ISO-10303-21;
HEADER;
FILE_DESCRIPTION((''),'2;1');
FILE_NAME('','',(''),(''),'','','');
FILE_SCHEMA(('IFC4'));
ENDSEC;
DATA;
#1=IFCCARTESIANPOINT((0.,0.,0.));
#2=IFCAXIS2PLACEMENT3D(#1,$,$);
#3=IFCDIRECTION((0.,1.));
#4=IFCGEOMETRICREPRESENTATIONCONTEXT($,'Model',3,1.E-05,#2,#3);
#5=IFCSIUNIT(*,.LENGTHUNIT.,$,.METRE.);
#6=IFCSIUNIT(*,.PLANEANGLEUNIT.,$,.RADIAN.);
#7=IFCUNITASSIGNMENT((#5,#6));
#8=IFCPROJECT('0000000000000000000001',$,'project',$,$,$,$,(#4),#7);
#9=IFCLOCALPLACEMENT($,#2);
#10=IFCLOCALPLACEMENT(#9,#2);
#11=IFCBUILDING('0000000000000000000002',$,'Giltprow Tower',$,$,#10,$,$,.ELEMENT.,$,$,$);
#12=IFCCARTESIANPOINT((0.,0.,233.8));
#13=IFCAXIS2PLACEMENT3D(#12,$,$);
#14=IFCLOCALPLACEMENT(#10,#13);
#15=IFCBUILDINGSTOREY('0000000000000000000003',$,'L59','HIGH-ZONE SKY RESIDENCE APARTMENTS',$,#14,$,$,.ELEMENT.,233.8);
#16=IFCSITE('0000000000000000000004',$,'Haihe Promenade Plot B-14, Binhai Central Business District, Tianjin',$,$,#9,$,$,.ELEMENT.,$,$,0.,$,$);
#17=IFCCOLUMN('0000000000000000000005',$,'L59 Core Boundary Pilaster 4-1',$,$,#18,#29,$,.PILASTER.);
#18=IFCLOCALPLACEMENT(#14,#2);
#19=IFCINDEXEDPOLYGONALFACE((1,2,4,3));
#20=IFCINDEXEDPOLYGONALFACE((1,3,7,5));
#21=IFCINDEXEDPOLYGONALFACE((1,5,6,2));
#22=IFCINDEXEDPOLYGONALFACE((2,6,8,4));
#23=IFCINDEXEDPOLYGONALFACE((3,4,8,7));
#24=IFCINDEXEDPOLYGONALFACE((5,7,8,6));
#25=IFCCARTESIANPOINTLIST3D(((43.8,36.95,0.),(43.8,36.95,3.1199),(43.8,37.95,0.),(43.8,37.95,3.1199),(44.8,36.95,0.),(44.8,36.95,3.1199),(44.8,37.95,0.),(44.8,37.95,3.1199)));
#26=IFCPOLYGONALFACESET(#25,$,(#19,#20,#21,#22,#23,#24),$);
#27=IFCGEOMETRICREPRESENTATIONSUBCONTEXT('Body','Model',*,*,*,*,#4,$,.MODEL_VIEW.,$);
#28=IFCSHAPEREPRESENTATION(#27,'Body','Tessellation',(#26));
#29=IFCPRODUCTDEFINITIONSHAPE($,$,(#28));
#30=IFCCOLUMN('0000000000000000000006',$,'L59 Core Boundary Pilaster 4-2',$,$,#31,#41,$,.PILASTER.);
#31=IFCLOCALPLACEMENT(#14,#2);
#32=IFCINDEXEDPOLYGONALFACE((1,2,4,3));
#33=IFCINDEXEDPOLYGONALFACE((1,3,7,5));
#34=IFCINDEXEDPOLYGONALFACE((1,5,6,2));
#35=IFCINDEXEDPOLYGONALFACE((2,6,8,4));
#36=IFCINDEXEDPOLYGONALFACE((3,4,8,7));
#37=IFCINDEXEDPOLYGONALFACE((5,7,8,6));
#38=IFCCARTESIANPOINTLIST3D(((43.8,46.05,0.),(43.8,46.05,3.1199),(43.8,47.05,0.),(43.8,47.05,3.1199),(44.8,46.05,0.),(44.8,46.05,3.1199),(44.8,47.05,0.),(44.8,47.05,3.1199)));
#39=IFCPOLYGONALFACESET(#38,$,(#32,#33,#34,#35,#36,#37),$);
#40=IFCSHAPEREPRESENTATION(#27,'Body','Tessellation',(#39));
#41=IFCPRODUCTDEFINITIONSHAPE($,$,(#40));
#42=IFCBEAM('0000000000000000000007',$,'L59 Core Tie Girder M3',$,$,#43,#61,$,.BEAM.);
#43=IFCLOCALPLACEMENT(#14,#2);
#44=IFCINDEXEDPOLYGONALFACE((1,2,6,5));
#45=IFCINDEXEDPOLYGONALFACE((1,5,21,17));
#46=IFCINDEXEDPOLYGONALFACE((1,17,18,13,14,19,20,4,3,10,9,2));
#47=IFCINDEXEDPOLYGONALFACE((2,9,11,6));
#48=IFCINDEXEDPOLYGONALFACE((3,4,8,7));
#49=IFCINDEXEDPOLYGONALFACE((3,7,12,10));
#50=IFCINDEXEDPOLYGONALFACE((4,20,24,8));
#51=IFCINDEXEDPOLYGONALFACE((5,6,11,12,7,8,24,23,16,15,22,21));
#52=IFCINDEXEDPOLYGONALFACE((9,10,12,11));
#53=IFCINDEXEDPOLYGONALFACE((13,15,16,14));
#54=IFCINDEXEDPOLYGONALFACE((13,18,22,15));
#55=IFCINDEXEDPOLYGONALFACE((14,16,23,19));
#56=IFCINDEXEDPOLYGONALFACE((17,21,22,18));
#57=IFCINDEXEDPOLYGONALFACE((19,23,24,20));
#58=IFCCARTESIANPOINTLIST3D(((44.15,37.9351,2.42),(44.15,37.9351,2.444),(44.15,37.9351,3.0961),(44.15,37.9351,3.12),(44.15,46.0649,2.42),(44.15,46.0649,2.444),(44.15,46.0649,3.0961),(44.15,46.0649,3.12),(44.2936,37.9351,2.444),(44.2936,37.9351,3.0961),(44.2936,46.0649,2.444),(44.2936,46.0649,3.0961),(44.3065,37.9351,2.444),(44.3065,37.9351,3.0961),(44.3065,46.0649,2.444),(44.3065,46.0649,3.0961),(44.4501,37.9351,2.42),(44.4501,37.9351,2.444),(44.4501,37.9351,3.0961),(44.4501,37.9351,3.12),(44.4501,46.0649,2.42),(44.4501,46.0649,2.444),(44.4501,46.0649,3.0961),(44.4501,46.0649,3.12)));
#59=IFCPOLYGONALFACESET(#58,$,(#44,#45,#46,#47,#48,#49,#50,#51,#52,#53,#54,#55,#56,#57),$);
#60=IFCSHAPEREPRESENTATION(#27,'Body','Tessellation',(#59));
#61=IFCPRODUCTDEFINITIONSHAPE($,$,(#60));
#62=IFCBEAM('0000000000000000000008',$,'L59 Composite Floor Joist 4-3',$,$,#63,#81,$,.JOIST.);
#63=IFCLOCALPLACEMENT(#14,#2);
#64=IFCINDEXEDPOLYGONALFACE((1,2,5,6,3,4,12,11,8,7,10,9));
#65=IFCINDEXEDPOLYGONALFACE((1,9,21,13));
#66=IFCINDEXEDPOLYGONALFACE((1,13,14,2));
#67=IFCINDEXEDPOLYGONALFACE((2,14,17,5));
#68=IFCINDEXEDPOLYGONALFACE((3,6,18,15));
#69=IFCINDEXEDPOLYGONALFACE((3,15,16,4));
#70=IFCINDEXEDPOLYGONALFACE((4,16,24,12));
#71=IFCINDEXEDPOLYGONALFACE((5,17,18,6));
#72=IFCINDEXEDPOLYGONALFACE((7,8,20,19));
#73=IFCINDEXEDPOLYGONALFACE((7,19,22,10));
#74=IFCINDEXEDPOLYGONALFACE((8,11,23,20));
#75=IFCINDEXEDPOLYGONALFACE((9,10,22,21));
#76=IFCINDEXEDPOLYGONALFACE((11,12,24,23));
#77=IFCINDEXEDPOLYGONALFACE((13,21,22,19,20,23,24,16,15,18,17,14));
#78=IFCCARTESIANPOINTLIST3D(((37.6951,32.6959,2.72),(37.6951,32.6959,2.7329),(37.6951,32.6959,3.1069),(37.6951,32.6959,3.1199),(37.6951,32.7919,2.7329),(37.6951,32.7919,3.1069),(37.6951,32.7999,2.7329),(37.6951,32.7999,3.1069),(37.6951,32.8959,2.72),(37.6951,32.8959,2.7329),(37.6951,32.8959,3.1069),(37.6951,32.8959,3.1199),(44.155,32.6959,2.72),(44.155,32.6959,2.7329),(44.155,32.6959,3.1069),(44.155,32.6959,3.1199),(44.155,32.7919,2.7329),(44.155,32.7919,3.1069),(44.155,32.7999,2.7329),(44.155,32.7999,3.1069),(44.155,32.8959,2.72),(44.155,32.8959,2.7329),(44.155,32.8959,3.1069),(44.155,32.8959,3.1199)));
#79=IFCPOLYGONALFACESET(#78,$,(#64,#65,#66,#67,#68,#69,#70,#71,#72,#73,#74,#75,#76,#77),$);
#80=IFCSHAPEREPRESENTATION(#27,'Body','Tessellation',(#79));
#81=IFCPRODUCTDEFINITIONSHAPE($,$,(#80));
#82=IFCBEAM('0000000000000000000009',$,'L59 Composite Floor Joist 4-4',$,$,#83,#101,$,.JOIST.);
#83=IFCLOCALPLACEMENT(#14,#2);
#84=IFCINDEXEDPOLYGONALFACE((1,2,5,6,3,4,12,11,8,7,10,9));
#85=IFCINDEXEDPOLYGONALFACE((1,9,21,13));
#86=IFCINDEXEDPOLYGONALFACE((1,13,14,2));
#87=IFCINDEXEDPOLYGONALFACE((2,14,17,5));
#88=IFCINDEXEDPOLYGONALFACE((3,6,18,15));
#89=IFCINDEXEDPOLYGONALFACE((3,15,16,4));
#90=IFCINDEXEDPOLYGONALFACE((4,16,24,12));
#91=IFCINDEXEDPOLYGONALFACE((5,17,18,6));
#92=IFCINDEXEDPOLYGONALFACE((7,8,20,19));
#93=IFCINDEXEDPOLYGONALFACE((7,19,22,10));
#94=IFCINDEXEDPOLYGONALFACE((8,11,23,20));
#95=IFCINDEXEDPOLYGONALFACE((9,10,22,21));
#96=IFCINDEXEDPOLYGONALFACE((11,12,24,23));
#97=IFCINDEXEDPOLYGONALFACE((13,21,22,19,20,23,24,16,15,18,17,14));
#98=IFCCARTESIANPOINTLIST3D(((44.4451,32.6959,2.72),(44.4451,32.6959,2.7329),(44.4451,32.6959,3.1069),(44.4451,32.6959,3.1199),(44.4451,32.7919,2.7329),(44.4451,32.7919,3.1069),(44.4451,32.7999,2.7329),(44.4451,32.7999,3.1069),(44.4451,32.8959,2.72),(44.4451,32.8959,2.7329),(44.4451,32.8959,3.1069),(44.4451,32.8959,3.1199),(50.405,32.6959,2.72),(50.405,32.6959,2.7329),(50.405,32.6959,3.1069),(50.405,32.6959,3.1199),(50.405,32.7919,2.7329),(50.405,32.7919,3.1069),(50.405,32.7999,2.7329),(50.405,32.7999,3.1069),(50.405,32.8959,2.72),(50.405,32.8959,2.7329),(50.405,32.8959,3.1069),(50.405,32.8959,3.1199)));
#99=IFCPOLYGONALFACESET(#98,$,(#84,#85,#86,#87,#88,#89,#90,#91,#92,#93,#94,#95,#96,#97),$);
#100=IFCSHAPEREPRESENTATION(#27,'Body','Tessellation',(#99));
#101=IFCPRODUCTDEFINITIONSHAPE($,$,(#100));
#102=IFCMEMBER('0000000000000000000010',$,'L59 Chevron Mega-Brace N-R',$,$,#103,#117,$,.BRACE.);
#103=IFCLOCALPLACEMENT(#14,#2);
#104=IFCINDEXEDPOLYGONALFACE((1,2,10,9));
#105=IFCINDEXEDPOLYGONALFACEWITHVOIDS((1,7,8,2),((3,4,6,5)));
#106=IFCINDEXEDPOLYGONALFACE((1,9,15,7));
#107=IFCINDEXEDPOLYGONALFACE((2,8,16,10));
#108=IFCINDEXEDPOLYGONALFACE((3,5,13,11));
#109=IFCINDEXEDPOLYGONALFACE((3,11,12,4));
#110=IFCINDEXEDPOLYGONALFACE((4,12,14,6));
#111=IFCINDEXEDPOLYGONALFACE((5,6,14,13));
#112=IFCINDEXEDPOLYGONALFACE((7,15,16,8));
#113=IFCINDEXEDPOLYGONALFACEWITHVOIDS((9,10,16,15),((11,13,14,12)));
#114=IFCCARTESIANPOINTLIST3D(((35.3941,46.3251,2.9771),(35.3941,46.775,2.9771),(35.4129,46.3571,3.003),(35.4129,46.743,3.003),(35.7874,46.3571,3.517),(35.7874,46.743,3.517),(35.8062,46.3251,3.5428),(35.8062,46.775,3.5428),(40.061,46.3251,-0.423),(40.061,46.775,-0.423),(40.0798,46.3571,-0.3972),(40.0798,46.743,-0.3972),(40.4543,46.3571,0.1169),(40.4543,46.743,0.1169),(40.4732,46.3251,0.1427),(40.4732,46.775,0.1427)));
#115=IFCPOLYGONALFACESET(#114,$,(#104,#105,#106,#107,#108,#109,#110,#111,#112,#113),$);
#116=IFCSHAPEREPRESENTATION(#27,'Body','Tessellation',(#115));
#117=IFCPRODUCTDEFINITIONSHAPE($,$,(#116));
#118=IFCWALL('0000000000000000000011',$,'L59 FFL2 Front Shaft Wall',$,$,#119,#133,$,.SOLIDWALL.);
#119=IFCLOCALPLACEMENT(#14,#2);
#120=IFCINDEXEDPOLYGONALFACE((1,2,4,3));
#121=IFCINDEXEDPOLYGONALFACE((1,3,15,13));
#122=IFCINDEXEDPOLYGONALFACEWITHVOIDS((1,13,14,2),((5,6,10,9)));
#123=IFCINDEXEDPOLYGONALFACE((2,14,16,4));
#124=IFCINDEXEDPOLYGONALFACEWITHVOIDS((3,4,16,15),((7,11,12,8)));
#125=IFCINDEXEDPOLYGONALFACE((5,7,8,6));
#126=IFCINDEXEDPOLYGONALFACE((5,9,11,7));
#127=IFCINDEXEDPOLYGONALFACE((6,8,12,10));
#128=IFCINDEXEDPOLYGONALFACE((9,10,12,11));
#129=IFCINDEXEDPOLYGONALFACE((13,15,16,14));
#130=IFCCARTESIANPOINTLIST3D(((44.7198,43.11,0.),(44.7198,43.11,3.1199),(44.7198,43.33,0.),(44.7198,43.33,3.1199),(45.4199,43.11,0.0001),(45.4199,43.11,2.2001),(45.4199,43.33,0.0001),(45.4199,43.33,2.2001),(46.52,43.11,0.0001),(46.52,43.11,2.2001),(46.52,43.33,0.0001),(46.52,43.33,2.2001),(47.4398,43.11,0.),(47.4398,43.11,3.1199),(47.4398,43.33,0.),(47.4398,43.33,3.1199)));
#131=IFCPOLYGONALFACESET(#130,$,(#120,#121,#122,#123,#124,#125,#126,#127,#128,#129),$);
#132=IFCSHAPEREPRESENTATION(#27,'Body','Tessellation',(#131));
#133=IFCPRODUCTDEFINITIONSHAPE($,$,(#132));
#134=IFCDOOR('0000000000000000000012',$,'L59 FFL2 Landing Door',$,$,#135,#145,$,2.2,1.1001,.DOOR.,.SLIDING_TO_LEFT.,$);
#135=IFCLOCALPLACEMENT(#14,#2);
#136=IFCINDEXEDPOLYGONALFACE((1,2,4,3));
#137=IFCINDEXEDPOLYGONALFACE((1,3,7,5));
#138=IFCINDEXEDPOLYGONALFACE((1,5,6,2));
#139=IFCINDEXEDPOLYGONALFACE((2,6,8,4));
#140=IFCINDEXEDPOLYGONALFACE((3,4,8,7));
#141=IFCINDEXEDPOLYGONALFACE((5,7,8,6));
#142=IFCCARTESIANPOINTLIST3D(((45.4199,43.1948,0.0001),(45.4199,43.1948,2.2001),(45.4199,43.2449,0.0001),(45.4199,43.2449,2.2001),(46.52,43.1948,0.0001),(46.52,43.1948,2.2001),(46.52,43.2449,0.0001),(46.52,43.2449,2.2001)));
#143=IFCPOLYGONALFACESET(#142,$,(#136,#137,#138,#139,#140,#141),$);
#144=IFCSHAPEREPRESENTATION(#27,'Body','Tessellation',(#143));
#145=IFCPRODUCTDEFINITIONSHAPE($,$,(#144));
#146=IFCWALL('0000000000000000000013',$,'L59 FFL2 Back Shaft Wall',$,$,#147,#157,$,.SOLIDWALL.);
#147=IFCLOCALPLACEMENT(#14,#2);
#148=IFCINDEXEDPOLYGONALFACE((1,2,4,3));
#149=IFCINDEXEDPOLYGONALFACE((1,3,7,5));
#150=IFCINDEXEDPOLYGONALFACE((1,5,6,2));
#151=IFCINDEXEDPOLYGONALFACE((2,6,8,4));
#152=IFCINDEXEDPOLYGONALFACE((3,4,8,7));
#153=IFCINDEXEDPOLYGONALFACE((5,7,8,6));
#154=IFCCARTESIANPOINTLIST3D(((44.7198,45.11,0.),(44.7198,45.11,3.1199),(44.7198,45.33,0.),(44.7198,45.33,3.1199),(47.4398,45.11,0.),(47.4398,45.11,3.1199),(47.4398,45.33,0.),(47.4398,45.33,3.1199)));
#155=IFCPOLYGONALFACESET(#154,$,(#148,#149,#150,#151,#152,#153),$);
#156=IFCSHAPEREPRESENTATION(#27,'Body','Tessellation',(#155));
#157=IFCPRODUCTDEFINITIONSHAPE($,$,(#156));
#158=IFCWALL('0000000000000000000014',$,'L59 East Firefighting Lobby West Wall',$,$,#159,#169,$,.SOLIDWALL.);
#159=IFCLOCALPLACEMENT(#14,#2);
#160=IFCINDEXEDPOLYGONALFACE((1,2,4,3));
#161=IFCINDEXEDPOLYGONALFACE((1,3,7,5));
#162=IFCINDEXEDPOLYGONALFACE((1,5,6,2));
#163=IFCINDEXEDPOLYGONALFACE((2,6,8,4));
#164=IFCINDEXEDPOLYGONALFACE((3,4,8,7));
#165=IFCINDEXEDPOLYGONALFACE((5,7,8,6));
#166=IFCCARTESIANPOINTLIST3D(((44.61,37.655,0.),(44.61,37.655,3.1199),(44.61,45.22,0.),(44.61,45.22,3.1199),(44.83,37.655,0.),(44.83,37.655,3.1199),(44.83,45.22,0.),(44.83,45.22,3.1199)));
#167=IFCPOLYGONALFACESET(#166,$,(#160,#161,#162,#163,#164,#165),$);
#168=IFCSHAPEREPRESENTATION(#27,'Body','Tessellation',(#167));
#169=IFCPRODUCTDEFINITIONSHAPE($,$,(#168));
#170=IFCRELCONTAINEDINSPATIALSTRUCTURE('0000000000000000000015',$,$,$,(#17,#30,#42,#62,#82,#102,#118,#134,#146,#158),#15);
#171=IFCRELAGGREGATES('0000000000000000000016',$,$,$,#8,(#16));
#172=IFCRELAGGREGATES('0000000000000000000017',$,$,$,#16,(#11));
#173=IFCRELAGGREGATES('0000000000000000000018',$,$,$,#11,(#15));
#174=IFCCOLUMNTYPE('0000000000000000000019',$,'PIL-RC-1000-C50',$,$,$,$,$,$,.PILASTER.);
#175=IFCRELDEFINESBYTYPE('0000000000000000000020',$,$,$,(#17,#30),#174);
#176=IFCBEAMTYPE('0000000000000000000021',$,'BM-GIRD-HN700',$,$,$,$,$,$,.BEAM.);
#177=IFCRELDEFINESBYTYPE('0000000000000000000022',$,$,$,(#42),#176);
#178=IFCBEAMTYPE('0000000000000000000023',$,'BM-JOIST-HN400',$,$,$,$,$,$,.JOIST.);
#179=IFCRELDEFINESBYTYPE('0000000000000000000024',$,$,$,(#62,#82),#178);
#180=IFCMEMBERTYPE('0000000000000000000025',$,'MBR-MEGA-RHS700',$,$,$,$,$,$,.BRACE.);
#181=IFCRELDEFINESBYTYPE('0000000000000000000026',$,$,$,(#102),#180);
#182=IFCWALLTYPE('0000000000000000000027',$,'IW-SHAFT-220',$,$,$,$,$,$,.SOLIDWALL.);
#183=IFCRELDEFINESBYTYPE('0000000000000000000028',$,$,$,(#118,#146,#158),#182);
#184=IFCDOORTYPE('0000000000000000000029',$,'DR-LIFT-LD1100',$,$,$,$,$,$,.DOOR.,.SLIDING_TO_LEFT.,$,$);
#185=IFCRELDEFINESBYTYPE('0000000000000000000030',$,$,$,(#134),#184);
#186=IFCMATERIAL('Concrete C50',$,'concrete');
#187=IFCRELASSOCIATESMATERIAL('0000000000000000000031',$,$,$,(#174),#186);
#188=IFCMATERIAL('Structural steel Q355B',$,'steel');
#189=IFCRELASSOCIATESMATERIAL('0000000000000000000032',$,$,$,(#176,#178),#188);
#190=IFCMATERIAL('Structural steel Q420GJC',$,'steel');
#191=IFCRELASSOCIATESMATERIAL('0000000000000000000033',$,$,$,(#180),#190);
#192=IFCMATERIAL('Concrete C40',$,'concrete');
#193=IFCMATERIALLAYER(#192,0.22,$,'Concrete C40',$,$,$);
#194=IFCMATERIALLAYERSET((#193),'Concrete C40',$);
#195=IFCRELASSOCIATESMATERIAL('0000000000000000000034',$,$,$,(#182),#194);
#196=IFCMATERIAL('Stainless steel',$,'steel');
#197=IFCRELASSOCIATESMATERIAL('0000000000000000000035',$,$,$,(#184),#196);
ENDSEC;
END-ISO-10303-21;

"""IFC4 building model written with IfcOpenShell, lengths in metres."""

from ifc_helpers import new_model, si_unit, direction, frame, frame_2d, origin, origin_2d, place, context, subcontext, project, spatial, rectangle, hollow_rectangle, i_section, extrude, source, transform, mapped, material, layer, layer_set, material_profile, profile_set, type_object, element, fill, save


model = new_model("IFC4")

# Units and contexts
model_context = context("Model", 3, precision=1e-05, world=origin(), true_north=direction((0.0, 1.0)))
body_context = subcontext(model_context, "Body", "Model", "MODEL_VIEW")
ifc_project = project(units=[si_unit("LENGTHUNIT", "METRE"), si_unit("PLANEANGLEUNIT", "RADIAN")], contexts=[model_context])

# Site, building, storey
site_placement = place(None, origin())
site = spatial("IfcSite", under=ifc_project, at=site_placement, Name="Haihe Promenade Plot B-14, Binhai Central Business District, Tianjin", CompositionType="ELEMENT", RefElevation=0.0)
building_placement = place(site_placement, origin())
building = spatial("IfcBuilding", under=site, at=building_placement, Name="Giltprow Tower", CompositionType="ELEMENT")
storey_placement = place(building_placement, frame((0.0, 0.0, 233.8)))
storey = spatial("IfcBuildingStorey", under=building, at=storey_placement, Name="L59", Description="HIGH-ZONE SKY RESIDENCE APARTMENTS", CompositionType="ELEMENT", Elevation=233.8)

# Columns
ifc_material_1 = material(Name="Concrete C50", Category="concrete")
ifc_material_profile_1 = material_profile(ifc_material_1, rectangle(XDim=1.0, YDim=1.0, at=origin_2d()), Name="RC 1000x1000")
ifc_profile_set_1 = profile_set([ifc_material_profile_1], Name="Concrete C50")
column_type = type_object("IfcColumnType", Name="PIL-RC-1000-C50", PredefinedType="PILASTER", material=ifc_profile_set_1)
shared_shape_1 = source(origin(), body_context, "Body", "SweptSolid", [
    extrude(rectangle(XDim=1.0, YDim=1.0, at=origin_2d()), origin(), (0.0, 0.0, 1.0), 3.1199),
])
for number, where, z_axis, x_axis, name in (
    (1, (44.3, 37.45, 0.0), (0.0, 0.0, 1.0), (1.0, 0.0, 0.0), "L59 Core Boundary Pilaster 4-1"),
    (2, (44.3, 46.55, 0.0), (0.0, 0.0, 1.0), (1.0, 0.0, 0.0), "L59 Core Boundary Pilaster 4-2"),
):
    element("IfcColumn", number, at=place(storey_placement, frame(where, z_axis=z_axis, x_axis=x_axis)), inside=storey, type_object=column_type, Name=name, PredefinedType="PILASTER", context=body_context, shape_type="MappedRepresentation", body=[
        mapped(shared_shape_1, transform((0.0, 0.0, 0.0), x_axis=(1.0, 0.0, 0.0), y_axis=(0.0, 1.0, 0.0), z_axis=(0.0, 0.0, 1.0), scale=1.0)),
    ])

# Beams
ifc_material_2 = material(Name="Structural steel Q355B", Category="steel")
ifc_material_profile_2 = material_profile(ifc_material_2, i_section(OverallWidth=0.3, OverallDepth=0.7, WebThickness=0.0129, FlangeThickness=0.0239, at=origin_2d()), Name="HN 700x300x13x24")
ifc_profile_set_2 = profile_set([ifc_material_profile_2], Name="Structural steel Q355B")
beam_type_1 = type_object("IfcBeamType", Name="BM-GIRD-HN700", PredefinedType="BEAM", material=ifc_profile_set_2)
shared_shape_2 = source(origin(), body_context, "Body", "SweptSolid", [
    extrude(i_section(OverallWidth=0.3, OverallDepth=0.7, WebThickness=0.0129, FlangeThickness=0.0239, at=origin_2d()), origin(), (0.0, 0.0, 1.0), 8.1299),
])
beam_1_placement = place(storey_placement, frame((44.3, 37.9351, 2.77), z_axis=(0.0, 1.0, 0.0), x_axis=(-1.0, 0.0, 0.0)))
element("IfcBeam", 3, at=beam_1_placement, inside=storey, type_object=beam_type_1, Name="L59 Core Tie Girder M3", PredefinedType="BEAM", context=body_context, shape_type="MappedRepresentation", body=[
    mapped(shared_shape_2, transform((0.0, 0.0, 0.0), x_axis=(1.0, 0.0, 0.0), y_axis=(0.0, 1.0, 0.0), z_axis=(0.0, 0.0, 1.0), scale=1.0)),
])
ifc_material_profile_3 = material_profile(ifc_material_2, i_section(OverallWidth=0.2, OverallDepth=0.3999, WebThickness=0.0081, FlangeThickness=0.0129, at=origin_2d()), Name="HN 400x200x8x13")
ifc_profile_set_3 = profile_set([ifc_material_profile_3], Name="Structural steel Q355B")
beam_type_2 = type_object("IfcBeamType", Name="BM-JOIST-HN400", PredefinedType="JOIST", material=ifc_profile_set_3)
shared_shape_3 = source(origin(), body_context, "Body", "SweptSolid", [
    extrude(i_section(OverallWidth=0.2, OverallDepth=0.3999, WebThickness=0.0081, FlangeThickness=0.0129, at=origin_2d()), origin(), (0.0, 0.0, 1.0), 6.46),
])
beam_2_placement = place(storey_placement, frame((37.6951, 32.7959, 2.9199), z_axis=(1.0, 0.0, 0.0), x_axis=(0.0, 1.0, 0.0)))
element("IfcBeam", 4, at=beam_2_placement, inside=storey, type_object=beam_type_2, Name="L59 Composite Floor Joist 4-3", PredefinedType="JOIST", context=body_context, shape_type="MappedRepresentation", body=[
    mapped(shared_shape_3, transform((0.0, 0.0, 0.0), x_axis=(1.0, 0.0, 0.0), y_axis=(0.0, 1.0, 0.0), z_axis=(0.0, 0.0, 1.0), scale=1.0)),
])
shared_shape_4 = source(origin(), body_context, "Body", "SweptSolid", [
    extrude(i_section(OverallWidth=0.2, OverallDepth=0.3999, WebThickness=0.0081, FlangeThickness=0.0129, at=origin_2d()), origin(), (0.0, 0.0, 1.0), 5.96),
])
beam_3_placement = place(storey_placement, frame((44.4451, 32.7959, 2.9199), z_axis=(1.0, 0.0, 0.0), x_axis=(0.0, 1.0, 0.0)))
element("IfcBeam", 5, at=beam_3_placement, inside=storey, type_object=beam_type_2, Name="L59 Composite Floor Joist 4-4", PredefinedType="JOIST", context=body_context, shape_type="MappedRepresentation", body=[
    mapped(shared_shape_4, transform((0.0, 0.0, 0.0), x_axis=(1.0, 0.0, 0.0), y_axis=(0.0, 1.0, 0.0), z_axis=(0.0, 0.0, 1.0), scale=1.0)),
])

# Member
ifc_material_3 = material(Name="Structural steel Q420GJC", Category="steel")
ifc_material_profile_4 = material_profile(ifc_material_3, hollow_rectangle(XDim=0.45, YDim=0.7, WallThickness=0.032, at=origin_2d()), Name="RHS 700x450x32")
ifc_profile_set_4 = profile_set([ifc_material_profile_4], Name="Structural steel Q420GJC")
member_type = type_object("IfcMemberType", Name="MBR-MEGA-RHS700", PredefinedType="BRACE", material=ifc_profile_set_4)
shared_shape_5 = source(origin(), body_context, "Body", "SweptSolid", [
    extrude(hollow_rectangle(XDim=0.45, YDim=0.7, WallThickness=0.032, at=origin_2d()), origin(), (0.0, 0.0, 1.0), 5.7742),
])
member_placement = place(storey_placement, frame((40.2671, 46.55, -0.1401), z_axis=(-0.808244, 0.0, 0.588848), x_axis=(0.0, -1.0, 0.0)))
element("IfcMember", 6, at=member_placement, inside=storey, type_object=member_type, Name="L59 Chevron Mega-Brace N-R", PredefinedType="BRACE", context=body_context, shape_type="MappedRepresentation", body=[
    mapped(shared_shape_5, transform((0.0, 0.0, 0.0), x_axis=(1.0, 0.0, 0.0), y_axis=(0.0, 1.0, 0.0), z_axis=(0.0, 0.0, 1.0), scale=1.0)),
])

# Wall, opening, door
ifc_material_4 = material(Name="Concrete C40", Category="concrete")
ifc_layer_1 = layer(ifc_material_4, 0.22, Name="Concrete C40")
ifc_layer_set_1 = layer_set([ifc_layer_1], Name="Concrete C40")
wall_type_1 = type_object("IfcWallType", Name="IW-SHAFT-220", PredefinedType="SOLIDWALL", material=ifc_layer_set_1)
wall_1_placement = place(storey_placement, frame((44.72, 43.22, 0.0), z_axis=(0.0, 0.0, 1.0), x_axis=(1.0, 0.0, 0.0)))
wall_1 = element("IfcWall", 7, at=wall_1_placement, inside=storey, type_object=wall_type_1, Name="L59 FFL2 Front Shaft Wall", PredefinedType="SOLIDWALL", context=body_context, shape_type="SweptSolid", body=[
    extrude(rectangle(XDim=2.72, YDim=0.22, at=frame_2d((1.3599, 0.0))), origin(), (0.0, 0.0, 1.0), 3.1199),
])
opening_1_placement = place(wall_1_placement, frame((0.7, 0.0, 0.0)))
opening_1 = element("IfcOpeningElement", 8, at=opening_1_placement, cuts=wall_1, PredefinedType="OPENING", context=body_context, shape_type="SweptSolid", body=[
    extrude(rectangle(XDim=1.1001, YDim=2.2, at=frame_2d((0.55, 1.1001))), frame((0.0, 0.1199, 0.0), z_axis=(0.0, -1.0, 0.0), x_axis=(1.0, 0.0, 0.0)), (0.0, 0.0, 1.0), 0.24),
])
ifc_material_5 = material(Name="Stainless steel", Category="steel")
door_type_1 = type_object("IfcDoorType", Name="DR-LIFT-LD1100", OperationType="SLIDING_TO_LEFT", PredefinedType="DOOR", material=ifc_material_5)
shared_shape_6 = source(origin(), body_context, "Body", "SweptSolid", [
    extrude(rectangle(XDim=1.1001, YDim=2.2, at=frame_2d((0.55, 1.1001))), frame((0.0, 0.0249, 0.0), z_axis=(0.0, -1.0, 0.0), x_axis=(1.0, 0.0, 0.0)), (0.0, 0.0, 1.0), 0.05),
])
door_1_placement = place(opening_1_placement, origin())
door_1 = element("IfcDoor", 9, at=door_1_placement, inside=storey, type_object=door_type_1, Name="L59 FFL2 Landing Door", OperationType="SLIDING_TO_LEFT", OverallHeight=2.2, OverallWidth=1.1001, PredefinedType="DOOR", context=body_context, shape_type="MappedRepresentation", body=[
    mapped(shared_shape_6, transform((0.0, 0.0, 0.0), x_axis=(1.0, 0.0, 0.0), y_axis=(0.0, 1.0, 0.0), z_axis=(0.0, 0.0, 1.0), scale=1.0)),
])
fill(opening_1, door_1)

# Walls
wall_2_placement = place(storey_placement, frame((44.72, 45.22, 0.0), z_axis=(0.0, 0.0, 1.0), x_axis=(1.0, 0.0, 0.0)))
element("IfcWall", 10, at=wall_2_placement, inside=storey, type_object=wall_type_1, Name="L59 FFL2 Back Shaft Wall", PredefinedType="SOLIDWALL", context=body_context, shape_type="SweptSolid", body=[
    extrude(rectangle(XDim=2.72, YDim=0.22, at=frame_2d((1.3599, 0.0))), origin(), (0.0, 0.0, 1.0), 3.1199),
])
wall_3_placement = place(storey_placement, frame((44.72, 37.655, 0.0), z_axis=(0.0, 0.0, 1.0), x_axis=(0.0, 1.0, 0.0)))
element("IfcWall", 11, at=wall_3_placement, inside=storey, type_object=wall_type_1, Name="L59 East Firefighting Lobby West Wall", PredefinedType="SOLIDWALL", context=body_context, shape_type="SweptSolid", body=[
    extrude(rectangle(XDim=7.5649, YDim=0.22, at=frame_2d((3.7825, 0.0))), origin(), (0.0, 0.0, 1.0), 3.1199),
])

save(model, "model.ifc")
